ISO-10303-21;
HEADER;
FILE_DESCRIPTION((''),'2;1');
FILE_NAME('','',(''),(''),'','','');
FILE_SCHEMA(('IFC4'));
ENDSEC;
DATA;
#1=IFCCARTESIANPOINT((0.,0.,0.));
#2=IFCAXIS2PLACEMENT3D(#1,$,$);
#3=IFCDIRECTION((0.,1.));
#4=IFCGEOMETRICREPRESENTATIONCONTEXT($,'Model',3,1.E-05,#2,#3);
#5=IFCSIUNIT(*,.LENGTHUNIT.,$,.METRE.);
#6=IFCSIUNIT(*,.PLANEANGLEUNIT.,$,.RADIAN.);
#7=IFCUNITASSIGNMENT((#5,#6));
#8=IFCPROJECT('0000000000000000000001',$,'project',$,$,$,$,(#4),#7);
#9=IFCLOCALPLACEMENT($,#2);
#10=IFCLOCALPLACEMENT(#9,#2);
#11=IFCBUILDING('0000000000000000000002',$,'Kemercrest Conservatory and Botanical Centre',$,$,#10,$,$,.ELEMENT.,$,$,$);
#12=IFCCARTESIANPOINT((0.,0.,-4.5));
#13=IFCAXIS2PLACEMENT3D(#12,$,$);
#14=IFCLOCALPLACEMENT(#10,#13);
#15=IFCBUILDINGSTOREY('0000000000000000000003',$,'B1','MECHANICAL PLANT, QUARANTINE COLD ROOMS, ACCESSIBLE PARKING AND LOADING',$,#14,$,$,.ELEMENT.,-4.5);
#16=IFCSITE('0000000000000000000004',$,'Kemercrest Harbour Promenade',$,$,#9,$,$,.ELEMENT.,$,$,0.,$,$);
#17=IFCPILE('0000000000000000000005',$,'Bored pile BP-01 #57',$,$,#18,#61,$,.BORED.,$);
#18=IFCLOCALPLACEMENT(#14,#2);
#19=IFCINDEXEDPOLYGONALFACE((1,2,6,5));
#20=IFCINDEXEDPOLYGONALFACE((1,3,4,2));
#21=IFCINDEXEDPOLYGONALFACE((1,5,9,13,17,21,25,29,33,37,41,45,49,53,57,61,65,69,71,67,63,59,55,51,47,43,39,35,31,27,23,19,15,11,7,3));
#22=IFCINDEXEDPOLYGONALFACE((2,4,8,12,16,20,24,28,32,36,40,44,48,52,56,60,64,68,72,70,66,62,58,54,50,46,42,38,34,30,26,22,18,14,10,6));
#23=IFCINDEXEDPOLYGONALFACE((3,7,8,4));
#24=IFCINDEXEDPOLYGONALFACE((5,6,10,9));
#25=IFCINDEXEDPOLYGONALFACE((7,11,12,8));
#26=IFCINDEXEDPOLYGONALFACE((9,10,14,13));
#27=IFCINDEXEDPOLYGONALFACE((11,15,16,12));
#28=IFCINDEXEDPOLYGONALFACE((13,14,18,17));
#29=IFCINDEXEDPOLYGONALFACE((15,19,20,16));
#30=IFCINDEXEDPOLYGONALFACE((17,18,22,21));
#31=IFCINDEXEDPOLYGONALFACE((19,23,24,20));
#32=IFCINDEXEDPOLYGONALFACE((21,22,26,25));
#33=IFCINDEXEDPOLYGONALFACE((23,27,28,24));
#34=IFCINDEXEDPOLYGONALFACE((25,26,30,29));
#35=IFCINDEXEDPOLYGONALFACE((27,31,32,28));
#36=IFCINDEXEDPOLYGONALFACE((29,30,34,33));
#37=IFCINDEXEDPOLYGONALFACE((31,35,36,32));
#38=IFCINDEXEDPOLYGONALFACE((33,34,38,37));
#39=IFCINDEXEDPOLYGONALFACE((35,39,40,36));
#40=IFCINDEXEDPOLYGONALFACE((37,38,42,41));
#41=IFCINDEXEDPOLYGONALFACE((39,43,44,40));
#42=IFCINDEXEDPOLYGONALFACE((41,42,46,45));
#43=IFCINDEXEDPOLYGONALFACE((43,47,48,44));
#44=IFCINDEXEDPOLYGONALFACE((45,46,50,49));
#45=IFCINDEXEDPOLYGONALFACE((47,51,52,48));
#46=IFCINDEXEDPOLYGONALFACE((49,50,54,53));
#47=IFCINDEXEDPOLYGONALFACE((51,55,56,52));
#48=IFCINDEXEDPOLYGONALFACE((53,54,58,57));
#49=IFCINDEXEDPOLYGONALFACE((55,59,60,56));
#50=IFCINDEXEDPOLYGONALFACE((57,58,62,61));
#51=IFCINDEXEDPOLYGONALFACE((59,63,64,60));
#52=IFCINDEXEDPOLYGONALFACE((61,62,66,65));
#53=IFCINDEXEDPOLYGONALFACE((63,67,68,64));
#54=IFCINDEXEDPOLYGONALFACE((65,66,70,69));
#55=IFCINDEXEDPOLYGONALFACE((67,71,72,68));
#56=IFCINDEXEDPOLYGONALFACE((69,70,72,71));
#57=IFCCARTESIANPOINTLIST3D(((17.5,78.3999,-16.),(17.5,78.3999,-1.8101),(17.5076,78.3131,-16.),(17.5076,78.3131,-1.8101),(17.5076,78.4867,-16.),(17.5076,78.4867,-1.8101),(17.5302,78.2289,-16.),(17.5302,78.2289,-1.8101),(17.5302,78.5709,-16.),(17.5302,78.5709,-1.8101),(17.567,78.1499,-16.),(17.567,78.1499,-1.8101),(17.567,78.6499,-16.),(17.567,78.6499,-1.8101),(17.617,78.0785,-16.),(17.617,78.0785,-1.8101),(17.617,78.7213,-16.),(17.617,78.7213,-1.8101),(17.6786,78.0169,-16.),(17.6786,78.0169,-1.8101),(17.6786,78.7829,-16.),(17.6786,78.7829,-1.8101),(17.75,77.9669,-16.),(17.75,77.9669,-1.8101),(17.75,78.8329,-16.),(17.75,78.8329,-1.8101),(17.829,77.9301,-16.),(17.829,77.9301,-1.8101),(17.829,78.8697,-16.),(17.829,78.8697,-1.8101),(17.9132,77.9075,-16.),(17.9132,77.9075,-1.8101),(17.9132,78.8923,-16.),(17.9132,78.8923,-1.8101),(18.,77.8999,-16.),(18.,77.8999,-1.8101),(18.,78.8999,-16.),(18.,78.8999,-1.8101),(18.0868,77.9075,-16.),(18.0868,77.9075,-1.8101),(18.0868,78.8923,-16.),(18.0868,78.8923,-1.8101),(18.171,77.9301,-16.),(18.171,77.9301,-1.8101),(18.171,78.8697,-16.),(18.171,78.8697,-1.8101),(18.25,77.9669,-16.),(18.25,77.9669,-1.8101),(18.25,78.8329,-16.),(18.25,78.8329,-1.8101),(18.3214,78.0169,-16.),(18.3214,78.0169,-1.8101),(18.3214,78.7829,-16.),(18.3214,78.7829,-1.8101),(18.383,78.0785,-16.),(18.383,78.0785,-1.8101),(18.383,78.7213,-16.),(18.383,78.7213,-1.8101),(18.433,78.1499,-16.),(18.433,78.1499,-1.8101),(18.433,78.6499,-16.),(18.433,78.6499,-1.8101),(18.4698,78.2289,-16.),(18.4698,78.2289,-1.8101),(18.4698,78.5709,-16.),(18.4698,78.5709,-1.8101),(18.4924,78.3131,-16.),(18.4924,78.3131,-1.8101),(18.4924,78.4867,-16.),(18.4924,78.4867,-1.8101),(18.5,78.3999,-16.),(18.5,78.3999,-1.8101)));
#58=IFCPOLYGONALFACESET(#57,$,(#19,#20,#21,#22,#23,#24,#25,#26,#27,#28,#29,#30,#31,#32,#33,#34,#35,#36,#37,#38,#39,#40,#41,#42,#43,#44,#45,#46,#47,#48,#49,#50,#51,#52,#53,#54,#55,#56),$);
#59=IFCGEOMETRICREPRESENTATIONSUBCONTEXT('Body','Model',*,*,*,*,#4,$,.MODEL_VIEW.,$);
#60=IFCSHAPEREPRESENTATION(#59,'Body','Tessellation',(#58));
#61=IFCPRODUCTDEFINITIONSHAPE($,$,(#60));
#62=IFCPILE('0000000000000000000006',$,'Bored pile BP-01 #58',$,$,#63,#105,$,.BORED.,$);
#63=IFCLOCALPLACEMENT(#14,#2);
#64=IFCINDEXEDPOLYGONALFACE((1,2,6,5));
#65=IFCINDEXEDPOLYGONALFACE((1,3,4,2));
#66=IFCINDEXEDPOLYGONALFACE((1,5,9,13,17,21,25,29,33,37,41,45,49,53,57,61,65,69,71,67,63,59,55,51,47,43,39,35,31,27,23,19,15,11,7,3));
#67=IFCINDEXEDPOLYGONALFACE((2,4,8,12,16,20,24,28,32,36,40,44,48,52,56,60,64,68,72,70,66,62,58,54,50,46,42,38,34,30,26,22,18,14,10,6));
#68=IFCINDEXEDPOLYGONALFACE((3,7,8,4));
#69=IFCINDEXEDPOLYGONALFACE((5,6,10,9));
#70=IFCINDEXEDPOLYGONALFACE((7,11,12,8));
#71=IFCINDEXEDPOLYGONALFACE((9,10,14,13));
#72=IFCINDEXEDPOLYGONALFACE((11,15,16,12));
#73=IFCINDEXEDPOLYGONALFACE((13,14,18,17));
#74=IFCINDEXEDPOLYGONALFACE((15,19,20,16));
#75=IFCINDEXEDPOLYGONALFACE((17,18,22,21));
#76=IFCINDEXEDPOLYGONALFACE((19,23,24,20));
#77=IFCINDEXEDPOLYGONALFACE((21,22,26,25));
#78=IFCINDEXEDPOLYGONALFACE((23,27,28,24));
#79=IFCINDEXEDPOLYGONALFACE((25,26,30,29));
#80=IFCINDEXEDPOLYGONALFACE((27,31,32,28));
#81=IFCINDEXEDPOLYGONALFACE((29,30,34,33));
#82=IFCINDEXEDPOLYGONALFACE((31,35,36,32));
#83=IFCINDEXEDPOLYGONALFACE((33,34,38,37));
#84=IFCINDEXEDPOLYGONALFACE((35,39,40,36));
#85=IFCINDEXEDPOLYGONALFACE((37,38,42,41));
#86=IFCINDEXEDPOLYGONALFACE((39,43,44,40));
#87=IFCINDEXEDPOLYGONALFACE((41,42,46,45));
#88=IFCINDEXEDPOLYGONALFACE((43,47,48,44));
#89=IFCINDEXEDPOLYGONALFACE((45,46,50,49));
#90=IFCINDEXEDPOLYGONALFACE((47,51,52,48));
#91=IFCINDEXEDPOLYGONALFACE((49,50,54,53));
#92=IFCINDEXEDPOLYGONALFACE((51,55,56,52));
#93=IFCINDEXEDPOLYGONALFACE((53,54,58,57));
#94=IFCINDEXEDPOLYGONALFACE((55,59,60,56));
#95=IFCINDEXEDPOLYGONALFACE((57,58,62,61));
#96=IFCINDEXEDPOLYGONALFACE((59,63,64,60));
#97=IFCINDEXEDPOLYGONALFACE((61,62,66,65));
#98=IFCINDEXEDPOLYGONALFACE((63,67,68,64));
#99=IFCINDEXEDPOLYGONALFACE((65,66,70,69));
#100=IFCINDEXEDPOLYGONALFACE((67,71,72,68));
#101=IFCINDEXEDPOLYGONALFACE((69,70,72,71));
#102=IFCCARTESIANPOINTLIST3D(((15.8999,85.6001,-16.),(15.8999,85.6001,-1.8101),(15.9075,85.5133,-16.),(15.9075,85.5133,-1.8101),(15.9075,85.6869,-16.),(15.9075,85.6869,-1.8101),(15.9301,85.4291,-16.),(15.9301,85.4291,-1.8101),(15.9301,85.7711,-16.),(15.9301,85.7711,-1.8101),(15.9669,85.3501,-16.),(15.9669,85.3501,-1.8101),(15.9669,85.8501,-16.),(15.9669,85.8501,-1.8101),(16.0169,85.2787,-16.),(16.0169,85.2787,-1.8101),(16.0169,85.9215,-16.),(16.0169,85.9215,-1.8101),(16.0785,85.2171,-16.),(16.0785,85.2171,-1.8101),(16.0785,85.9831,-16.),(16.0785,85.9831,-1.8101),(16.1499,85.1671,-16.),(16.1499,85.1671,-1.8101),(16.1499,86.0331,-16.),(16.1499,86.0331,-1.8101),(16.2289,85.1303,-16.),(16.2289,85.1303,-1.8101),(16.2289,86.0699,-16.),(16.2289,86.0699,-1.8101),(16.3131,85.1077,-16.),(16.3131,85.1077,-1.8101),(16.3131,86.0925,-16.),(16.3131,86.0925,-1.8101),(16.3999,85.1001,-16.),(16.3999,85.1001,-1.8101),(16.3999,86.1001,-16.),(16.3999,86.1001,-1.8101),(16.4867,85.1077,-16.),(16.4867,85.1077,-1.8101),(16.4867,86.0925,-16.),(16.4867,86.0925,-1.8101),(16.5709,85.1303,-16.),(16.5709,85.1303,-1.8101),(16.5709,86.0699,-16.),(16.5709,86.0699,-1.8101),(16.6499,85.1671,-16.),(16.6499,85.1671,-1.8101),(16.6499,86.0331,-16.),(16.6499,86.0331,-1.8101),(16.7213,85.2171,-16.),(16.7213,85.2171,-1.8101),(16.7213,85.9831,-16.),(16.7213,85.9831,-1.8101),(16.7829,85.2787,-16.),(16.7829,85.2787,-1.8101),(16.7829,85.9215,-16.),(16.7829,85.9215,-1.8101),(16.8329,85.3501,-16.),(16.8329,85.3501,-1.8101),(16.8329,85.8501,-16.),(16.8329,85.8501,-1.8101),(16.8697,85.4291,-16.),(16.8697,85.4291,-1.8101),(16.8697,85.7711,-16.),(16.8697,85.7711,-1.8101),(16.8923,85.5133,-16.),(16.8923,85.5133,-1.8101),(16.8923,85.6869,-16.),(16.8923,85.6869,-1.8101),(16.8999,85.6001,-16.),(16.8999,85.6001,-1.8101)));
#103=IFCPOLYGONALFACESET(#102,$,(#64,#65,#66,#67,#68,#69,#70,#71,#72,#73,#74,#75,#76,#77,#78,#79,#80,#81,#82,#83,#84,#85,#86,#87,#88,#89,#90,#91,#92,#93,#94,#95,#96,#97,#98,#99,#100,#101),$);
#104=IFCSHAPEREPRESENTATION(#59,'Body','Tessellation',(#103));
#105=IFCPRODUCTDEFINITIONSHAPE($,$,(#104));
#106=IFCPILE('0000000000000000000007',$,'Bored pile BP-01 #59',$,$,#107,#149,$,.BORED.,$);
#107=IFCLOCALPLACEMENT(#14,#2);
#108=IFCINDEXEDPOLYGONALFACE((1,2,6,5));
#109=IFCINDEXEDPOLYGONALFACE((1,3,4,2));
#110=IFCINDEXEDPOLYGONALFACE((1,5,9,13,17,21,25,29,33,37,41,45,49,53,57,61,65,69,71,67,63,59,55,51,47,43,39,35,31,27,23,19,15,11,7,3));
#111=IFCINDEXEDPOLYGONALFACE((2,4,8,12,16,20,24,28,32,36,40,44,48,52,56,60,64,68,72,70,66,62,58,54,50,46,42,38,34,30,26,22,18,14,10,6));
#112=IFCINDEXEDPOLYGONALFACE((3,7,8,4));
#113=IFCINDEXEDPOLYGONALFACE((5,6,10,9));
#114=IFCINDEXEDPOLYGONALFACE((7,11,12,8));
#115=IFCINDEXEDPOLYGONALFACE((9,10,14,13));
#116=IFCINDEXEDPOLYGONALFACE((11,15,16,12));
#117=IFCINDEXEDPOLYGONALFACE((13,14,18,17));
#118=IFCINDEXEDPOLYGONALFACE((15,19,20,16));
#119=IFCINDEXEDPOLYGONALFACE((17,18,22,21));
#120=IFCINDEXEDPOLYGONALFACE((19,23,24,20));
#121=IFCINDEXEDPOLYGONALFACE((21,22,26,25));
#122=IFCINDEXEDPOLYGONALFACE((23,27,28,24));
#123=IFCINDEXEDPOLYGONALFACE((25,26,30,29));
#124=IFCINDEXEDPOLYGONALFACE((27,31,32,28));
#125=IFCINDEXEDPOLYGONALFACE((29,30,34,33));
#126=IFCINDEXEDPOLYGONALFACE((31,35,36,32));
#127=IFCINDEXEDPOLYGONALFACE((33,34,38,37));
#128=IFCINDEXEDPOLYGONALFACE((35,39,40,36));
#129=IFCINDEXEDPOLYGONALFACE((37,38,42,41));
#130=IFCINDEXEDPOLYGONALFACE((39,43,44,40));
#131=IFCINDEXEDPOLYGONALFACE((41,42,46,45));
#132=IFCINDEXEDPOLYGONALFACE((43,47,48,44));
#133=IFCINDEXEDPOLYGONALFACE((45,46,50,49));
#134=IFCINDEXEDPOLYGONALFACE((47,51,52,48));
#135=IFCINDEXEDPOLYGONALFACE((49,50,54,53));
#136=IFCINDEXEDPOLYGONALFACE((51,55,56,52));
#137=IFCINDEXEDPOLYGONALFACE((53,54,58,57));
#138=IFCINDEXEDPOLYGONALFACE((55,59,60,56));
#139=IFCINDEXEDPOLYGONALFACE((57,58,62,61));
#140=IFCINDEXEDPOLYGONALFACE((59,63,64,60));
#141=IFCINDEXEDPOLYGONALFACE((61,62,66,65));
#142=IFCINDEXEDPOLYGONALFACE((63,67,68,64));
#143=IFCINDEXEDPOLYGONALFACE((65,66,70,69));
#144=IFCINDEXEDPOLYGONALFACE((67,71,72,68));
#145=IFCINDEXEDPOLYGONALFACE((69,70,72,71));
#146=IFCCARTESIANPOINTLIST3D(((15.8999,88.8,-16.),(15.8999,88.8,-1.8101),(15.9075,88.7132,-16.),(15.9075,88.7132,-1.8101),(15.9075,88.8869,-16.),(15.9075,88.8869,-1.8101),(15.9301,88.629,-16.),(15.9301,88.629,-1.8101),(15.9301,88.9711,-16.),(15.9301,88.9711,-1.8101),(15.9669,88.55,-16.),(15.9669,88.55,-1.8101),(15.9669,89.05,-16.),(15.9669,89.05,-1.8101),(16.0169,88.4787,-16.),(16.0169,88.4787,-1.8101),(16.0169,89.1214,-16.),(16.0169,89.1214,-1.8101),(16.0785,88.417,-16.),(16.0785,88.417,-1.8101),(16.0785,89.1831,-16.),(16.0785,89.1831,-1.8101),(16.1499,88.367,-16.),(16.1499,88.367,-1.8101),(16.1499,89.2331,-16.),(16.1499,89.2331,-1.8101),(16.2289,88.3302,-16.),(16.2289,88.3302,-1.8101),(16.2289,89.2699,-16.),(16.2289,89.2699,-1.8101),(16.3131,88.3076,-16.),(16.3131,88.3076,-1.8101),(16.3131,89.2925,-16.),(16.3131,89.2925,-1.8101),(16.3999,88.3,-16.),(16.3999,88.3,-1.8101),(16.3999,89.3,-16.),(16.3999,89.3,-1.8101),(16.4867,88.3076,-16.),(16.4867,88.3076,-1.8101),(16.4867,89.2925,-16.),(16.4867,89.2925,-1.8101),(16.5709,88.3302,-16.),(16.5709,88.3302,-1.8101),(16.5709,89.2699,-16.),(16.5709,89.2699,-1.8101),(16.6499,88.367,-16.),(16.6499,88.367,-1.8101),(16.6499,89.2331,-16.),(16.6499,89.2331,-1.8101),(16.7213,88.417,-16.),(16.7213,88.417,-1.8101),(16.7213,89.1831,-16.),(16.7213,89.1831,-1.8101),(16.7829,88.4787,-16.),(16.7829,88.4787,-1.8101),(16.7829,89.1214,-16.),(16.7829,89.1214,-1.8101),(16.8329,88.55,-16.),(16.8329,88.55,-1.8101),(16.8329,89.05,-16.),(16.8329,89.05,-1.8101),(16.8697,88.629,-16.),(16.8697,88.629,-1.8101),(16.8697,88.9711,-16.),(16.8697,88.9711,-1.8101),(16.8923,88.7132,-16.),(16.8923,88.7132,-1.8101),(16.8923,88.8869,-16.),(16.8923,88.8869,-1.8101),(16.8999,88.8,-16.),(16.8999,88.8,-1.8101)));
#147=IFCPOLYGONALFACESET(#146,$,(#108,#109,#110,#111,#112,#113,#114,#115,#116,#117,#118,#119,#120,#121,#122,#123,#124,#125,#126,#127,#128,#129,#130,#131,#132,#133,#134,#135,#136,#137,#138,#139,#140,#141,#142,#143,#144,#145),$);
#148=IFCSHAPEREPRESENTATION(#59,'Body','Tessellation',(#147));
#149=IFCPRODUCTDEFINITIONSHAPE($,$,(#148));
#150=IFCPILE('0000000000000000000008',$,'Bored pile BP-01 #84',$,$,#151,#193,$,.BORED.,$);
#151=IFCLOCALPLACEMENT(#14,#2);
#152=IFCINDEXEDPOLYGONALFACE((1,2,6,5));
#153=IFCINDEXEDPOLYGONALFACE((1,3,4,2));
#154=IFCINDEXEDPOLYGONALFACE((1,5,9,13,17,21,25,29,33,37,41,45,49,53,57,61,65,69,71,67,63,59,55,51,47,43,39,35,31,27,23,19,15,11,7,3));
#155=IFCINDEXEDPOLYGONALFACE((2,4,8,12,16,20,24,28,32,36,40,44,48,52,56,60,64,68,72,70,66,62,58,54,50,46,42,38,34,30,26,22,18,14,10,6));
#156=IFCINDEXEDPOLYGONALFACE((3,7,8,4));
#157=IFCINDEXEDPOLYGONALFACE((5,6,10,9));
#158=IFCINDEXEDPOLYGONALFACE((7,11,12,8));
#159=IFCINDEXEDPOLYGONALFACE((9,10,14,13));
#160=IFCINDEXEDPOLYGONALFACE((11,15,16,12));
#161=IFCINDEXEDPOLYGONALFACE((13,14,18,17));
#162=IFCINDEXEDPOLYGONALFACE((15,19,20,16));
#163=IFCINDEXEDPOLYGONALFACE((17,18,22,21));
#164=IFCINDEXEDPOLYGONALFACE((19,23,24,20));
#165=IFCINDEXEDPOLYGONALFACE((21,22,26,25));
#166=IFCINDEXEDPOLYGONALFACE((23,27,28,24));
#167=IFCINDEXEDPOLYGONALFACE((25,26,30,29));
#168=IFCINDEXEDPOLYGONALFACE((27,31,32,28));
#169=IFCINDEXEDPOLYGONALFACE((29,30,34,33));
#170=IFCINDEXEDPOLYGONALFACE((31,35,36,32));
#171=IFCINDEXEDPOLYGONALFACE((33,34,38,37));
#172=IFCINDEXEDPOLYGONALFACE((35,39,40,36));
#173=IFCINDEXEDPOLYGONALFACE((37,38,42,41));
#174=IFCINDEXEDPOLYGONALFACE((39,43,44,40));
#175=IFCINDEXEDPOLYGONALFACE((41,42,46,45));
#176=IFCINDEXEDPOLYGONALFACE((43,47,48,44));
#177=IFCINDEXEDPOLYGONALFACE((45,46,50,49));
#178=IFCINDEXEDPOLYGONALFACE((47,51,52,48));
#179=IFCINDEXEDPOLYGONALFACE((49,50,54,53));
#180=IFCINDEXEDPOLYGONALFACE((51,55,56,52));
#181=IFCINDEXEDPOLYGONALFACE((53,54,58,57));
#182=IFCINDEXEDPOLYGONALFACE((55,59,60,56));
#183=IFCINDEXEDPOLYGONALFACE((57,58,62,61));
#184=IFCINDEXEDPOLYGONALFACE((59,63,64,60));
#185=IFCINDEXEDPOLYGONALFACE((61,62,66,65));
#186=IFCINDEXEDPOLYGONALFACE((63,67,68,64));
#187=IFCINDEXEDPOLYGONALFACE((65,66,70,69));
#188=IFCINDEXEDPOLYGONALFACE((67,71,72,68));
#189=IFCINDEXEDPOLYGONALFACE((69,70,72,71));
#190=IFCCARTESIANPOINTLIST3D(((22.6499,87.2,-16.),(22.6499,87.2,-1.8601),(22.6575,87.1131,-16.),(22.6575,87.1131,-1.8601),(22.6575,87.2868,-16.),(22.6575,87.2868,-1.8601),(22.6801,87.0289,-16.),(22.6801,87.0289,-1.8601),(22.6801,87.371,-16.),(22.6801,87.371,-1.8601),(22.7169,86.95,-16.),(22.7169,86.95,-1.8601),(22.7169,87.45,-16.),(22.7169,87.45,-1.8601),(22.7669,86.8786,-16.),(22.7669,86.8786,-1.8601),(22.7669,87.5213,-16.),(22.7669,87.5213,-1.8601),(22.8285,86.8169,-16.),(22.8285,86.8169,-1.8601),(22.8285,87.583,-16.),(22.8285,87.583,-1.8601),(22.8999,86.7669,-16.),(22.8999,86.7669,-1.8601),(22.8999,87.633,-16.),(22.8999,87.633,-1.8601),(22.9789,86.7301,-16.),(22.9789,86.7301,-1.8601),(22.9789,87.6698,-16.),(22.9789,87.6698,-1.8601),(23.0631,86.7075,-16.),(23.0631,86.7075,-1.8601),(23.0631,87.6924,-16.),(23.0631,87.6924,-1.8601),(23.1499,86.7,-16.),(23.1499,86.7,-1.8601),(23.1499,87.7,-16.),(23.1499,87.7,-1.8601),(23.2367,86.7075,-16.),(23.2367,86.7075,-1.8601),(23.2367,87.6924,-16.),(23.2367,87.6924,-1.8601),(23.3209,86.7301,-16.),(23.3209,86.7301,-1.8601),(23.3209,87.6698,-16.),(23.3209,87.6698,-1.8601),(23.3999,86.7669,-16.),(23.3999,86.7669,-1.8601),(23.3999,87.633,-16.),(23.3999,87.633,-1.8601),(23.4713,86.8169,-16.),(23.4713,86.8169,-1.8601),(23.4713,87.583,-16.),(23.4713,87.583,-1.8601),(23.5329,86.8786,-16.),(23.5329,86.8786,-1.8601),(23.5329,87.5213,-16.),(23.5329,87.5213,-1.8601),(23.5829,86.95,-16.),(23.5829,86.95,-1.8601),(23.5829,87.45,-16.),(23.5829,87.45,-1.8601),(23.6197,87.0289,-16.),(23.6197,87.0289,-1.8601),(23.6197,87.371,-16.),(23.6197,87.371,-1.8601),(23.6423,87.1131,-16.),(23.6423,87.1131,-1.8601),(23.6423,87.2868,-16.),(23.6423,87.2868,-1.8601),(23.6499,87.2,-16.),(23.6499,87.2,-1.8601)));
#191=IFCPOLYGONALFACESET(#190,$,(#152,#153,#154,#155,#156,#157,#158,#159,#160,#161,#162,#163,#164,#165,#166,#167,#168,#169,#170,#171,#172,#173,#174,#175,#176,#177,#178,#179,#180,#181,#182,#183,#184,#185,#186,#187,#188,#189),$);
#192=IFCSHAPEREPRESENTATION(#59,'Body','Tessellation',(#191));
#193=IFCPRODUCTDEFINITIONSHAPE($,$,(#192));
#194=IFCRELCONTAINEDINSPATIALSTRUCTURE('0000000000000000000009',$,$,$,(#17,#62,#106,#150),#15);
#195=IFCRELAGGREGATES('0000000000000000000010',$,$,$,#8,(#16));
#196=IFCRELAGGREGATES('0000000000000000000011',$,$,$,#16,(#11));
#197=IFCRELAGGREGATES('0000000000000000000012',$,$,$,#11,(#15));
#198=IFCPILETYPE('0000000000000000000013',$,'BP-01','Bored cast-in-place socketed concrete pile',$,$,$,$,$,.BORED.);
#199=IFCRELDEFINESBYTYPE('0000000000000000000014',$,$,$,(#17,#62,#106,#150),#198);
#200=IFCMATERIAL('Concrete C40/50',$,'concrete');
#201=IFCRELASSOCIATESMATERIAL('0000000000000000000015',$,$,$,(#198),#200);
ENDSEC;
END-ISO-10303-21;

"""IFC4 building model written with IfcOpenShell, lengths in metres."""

from ifc_helpers import new_model, si_unit, direction, frame, origin, origin_2d, place, context, subcontext, project, spatial, circle, extrude, material, material_profile, profile_set, type_object, element, save


model = new_model("IFC4")

# Units and contexts
model_context = context("Model", 3, precision=1e-05, world=origin(), true_north=direction((0.0, 1.0)))
body_context = subcontext(model_context, "Body", "Model", "MODEL_VIEW")
ifc_project = project(units=[si_unit("LENGTHUNIT", "METRE"), si_unit("PLANEANGLEUNIT", "RADIAN")], contexts=[model_context])

# Site, building, storey
site_placement = place(None, origin())
site = spatial("IfcSite", under=ifc_project, at=site_placement, Name="Kemercrest Harbour Promenade", CompositionType="ELEMENT", RefElevation=0.0)
building_placement = place(site_placement, origin())
building = spatial("IfcBuilding", under=site, at=building_placement, Name="Kemercrest Conservatory and Botanical Centre", CompositionType="ELEMENT")
storey_placement = place(building_placement, frame((0.0, 0.0, -4.5)))
storey = spatial("IfcBuildingStorey", under=building, at=storey_placement, Name="B1", Description="MECHANICAL PLANT, QUARANTINE COLD ROOMS, ACCESSIBLE PARKING AND LOADING", CompositionType="ELEMENT", Elevation=-4.5)

# Piles
ifc_material_1 = material(Name="Concrete C40/50", Category="concrete")
ifc_material_profile_1 = material_profile(ifc_material_1, circle(Radius=0.5, at=origin_2d()), Name="BORED PILE 1000")
ifc_profile_set_1 = profile_set([ifc_material_profile_1], Name="Concrete C40/50")
pile_type_1 = type_object("IfcPileType", Name="BP-01", Description="Bored cast-in-place socketed concrete pile", PredefinedType="BORED", material=ifc_profile_set_1)
for number, where, z_axis, x_axis, name in (
    (1, (18.0, 78.3999, -1.8101), (0.0, 0.0, -1.0), (1.0, 0.0, 0.0), "Bored pile BP-01 #57"),
    (2, (16.3999, 85.6001, -1.8101), (0.0, 0.0, -1.0), (1.0, 0.0, 0.0), "Bored pile BP-01 #58"),
    (3, (16.3999, 88.8, -1.8101), (0.0, 0.0, -1.0), (1.0, 0.0, 0.0), "Bored pile BP-01 #59"),
):
    element("IfcPile", number, at=place(storey_placement, frame(where, z_axis=z_axis, x_axis=x_axis)), inside=storey, type_object=pile_type_1, Name=name, PredefinedType="BORED", context=body_context, shape_type="SweptSolid", body=[
        extrude(circle(Radius=0.5, at=origin_2d()), origin(), (0.0, 0.0, 1.0), 14.1899),
    ])
pile_1_placement = place(storey_placement, frame((23.1499, 87.2, -1.8601), z_axis=(0.0, 0.0, -1.0), x_axis=(1.0, 0.0, 0.0)))
element("IfcPile", 4, at=pile_1_placement, inside=storey, type_object=pile_type_1, Name="Bored pile BP-01 #84", PredefinedType="BORED", context=body_context, shape_type="SweptSolid", body=[
    extrude(circle(Radius=0.5, at=origin_2d()), origin(), (0.0, 0.0, 1.0), 14.1399),
])

save(model, "model.ifc")
